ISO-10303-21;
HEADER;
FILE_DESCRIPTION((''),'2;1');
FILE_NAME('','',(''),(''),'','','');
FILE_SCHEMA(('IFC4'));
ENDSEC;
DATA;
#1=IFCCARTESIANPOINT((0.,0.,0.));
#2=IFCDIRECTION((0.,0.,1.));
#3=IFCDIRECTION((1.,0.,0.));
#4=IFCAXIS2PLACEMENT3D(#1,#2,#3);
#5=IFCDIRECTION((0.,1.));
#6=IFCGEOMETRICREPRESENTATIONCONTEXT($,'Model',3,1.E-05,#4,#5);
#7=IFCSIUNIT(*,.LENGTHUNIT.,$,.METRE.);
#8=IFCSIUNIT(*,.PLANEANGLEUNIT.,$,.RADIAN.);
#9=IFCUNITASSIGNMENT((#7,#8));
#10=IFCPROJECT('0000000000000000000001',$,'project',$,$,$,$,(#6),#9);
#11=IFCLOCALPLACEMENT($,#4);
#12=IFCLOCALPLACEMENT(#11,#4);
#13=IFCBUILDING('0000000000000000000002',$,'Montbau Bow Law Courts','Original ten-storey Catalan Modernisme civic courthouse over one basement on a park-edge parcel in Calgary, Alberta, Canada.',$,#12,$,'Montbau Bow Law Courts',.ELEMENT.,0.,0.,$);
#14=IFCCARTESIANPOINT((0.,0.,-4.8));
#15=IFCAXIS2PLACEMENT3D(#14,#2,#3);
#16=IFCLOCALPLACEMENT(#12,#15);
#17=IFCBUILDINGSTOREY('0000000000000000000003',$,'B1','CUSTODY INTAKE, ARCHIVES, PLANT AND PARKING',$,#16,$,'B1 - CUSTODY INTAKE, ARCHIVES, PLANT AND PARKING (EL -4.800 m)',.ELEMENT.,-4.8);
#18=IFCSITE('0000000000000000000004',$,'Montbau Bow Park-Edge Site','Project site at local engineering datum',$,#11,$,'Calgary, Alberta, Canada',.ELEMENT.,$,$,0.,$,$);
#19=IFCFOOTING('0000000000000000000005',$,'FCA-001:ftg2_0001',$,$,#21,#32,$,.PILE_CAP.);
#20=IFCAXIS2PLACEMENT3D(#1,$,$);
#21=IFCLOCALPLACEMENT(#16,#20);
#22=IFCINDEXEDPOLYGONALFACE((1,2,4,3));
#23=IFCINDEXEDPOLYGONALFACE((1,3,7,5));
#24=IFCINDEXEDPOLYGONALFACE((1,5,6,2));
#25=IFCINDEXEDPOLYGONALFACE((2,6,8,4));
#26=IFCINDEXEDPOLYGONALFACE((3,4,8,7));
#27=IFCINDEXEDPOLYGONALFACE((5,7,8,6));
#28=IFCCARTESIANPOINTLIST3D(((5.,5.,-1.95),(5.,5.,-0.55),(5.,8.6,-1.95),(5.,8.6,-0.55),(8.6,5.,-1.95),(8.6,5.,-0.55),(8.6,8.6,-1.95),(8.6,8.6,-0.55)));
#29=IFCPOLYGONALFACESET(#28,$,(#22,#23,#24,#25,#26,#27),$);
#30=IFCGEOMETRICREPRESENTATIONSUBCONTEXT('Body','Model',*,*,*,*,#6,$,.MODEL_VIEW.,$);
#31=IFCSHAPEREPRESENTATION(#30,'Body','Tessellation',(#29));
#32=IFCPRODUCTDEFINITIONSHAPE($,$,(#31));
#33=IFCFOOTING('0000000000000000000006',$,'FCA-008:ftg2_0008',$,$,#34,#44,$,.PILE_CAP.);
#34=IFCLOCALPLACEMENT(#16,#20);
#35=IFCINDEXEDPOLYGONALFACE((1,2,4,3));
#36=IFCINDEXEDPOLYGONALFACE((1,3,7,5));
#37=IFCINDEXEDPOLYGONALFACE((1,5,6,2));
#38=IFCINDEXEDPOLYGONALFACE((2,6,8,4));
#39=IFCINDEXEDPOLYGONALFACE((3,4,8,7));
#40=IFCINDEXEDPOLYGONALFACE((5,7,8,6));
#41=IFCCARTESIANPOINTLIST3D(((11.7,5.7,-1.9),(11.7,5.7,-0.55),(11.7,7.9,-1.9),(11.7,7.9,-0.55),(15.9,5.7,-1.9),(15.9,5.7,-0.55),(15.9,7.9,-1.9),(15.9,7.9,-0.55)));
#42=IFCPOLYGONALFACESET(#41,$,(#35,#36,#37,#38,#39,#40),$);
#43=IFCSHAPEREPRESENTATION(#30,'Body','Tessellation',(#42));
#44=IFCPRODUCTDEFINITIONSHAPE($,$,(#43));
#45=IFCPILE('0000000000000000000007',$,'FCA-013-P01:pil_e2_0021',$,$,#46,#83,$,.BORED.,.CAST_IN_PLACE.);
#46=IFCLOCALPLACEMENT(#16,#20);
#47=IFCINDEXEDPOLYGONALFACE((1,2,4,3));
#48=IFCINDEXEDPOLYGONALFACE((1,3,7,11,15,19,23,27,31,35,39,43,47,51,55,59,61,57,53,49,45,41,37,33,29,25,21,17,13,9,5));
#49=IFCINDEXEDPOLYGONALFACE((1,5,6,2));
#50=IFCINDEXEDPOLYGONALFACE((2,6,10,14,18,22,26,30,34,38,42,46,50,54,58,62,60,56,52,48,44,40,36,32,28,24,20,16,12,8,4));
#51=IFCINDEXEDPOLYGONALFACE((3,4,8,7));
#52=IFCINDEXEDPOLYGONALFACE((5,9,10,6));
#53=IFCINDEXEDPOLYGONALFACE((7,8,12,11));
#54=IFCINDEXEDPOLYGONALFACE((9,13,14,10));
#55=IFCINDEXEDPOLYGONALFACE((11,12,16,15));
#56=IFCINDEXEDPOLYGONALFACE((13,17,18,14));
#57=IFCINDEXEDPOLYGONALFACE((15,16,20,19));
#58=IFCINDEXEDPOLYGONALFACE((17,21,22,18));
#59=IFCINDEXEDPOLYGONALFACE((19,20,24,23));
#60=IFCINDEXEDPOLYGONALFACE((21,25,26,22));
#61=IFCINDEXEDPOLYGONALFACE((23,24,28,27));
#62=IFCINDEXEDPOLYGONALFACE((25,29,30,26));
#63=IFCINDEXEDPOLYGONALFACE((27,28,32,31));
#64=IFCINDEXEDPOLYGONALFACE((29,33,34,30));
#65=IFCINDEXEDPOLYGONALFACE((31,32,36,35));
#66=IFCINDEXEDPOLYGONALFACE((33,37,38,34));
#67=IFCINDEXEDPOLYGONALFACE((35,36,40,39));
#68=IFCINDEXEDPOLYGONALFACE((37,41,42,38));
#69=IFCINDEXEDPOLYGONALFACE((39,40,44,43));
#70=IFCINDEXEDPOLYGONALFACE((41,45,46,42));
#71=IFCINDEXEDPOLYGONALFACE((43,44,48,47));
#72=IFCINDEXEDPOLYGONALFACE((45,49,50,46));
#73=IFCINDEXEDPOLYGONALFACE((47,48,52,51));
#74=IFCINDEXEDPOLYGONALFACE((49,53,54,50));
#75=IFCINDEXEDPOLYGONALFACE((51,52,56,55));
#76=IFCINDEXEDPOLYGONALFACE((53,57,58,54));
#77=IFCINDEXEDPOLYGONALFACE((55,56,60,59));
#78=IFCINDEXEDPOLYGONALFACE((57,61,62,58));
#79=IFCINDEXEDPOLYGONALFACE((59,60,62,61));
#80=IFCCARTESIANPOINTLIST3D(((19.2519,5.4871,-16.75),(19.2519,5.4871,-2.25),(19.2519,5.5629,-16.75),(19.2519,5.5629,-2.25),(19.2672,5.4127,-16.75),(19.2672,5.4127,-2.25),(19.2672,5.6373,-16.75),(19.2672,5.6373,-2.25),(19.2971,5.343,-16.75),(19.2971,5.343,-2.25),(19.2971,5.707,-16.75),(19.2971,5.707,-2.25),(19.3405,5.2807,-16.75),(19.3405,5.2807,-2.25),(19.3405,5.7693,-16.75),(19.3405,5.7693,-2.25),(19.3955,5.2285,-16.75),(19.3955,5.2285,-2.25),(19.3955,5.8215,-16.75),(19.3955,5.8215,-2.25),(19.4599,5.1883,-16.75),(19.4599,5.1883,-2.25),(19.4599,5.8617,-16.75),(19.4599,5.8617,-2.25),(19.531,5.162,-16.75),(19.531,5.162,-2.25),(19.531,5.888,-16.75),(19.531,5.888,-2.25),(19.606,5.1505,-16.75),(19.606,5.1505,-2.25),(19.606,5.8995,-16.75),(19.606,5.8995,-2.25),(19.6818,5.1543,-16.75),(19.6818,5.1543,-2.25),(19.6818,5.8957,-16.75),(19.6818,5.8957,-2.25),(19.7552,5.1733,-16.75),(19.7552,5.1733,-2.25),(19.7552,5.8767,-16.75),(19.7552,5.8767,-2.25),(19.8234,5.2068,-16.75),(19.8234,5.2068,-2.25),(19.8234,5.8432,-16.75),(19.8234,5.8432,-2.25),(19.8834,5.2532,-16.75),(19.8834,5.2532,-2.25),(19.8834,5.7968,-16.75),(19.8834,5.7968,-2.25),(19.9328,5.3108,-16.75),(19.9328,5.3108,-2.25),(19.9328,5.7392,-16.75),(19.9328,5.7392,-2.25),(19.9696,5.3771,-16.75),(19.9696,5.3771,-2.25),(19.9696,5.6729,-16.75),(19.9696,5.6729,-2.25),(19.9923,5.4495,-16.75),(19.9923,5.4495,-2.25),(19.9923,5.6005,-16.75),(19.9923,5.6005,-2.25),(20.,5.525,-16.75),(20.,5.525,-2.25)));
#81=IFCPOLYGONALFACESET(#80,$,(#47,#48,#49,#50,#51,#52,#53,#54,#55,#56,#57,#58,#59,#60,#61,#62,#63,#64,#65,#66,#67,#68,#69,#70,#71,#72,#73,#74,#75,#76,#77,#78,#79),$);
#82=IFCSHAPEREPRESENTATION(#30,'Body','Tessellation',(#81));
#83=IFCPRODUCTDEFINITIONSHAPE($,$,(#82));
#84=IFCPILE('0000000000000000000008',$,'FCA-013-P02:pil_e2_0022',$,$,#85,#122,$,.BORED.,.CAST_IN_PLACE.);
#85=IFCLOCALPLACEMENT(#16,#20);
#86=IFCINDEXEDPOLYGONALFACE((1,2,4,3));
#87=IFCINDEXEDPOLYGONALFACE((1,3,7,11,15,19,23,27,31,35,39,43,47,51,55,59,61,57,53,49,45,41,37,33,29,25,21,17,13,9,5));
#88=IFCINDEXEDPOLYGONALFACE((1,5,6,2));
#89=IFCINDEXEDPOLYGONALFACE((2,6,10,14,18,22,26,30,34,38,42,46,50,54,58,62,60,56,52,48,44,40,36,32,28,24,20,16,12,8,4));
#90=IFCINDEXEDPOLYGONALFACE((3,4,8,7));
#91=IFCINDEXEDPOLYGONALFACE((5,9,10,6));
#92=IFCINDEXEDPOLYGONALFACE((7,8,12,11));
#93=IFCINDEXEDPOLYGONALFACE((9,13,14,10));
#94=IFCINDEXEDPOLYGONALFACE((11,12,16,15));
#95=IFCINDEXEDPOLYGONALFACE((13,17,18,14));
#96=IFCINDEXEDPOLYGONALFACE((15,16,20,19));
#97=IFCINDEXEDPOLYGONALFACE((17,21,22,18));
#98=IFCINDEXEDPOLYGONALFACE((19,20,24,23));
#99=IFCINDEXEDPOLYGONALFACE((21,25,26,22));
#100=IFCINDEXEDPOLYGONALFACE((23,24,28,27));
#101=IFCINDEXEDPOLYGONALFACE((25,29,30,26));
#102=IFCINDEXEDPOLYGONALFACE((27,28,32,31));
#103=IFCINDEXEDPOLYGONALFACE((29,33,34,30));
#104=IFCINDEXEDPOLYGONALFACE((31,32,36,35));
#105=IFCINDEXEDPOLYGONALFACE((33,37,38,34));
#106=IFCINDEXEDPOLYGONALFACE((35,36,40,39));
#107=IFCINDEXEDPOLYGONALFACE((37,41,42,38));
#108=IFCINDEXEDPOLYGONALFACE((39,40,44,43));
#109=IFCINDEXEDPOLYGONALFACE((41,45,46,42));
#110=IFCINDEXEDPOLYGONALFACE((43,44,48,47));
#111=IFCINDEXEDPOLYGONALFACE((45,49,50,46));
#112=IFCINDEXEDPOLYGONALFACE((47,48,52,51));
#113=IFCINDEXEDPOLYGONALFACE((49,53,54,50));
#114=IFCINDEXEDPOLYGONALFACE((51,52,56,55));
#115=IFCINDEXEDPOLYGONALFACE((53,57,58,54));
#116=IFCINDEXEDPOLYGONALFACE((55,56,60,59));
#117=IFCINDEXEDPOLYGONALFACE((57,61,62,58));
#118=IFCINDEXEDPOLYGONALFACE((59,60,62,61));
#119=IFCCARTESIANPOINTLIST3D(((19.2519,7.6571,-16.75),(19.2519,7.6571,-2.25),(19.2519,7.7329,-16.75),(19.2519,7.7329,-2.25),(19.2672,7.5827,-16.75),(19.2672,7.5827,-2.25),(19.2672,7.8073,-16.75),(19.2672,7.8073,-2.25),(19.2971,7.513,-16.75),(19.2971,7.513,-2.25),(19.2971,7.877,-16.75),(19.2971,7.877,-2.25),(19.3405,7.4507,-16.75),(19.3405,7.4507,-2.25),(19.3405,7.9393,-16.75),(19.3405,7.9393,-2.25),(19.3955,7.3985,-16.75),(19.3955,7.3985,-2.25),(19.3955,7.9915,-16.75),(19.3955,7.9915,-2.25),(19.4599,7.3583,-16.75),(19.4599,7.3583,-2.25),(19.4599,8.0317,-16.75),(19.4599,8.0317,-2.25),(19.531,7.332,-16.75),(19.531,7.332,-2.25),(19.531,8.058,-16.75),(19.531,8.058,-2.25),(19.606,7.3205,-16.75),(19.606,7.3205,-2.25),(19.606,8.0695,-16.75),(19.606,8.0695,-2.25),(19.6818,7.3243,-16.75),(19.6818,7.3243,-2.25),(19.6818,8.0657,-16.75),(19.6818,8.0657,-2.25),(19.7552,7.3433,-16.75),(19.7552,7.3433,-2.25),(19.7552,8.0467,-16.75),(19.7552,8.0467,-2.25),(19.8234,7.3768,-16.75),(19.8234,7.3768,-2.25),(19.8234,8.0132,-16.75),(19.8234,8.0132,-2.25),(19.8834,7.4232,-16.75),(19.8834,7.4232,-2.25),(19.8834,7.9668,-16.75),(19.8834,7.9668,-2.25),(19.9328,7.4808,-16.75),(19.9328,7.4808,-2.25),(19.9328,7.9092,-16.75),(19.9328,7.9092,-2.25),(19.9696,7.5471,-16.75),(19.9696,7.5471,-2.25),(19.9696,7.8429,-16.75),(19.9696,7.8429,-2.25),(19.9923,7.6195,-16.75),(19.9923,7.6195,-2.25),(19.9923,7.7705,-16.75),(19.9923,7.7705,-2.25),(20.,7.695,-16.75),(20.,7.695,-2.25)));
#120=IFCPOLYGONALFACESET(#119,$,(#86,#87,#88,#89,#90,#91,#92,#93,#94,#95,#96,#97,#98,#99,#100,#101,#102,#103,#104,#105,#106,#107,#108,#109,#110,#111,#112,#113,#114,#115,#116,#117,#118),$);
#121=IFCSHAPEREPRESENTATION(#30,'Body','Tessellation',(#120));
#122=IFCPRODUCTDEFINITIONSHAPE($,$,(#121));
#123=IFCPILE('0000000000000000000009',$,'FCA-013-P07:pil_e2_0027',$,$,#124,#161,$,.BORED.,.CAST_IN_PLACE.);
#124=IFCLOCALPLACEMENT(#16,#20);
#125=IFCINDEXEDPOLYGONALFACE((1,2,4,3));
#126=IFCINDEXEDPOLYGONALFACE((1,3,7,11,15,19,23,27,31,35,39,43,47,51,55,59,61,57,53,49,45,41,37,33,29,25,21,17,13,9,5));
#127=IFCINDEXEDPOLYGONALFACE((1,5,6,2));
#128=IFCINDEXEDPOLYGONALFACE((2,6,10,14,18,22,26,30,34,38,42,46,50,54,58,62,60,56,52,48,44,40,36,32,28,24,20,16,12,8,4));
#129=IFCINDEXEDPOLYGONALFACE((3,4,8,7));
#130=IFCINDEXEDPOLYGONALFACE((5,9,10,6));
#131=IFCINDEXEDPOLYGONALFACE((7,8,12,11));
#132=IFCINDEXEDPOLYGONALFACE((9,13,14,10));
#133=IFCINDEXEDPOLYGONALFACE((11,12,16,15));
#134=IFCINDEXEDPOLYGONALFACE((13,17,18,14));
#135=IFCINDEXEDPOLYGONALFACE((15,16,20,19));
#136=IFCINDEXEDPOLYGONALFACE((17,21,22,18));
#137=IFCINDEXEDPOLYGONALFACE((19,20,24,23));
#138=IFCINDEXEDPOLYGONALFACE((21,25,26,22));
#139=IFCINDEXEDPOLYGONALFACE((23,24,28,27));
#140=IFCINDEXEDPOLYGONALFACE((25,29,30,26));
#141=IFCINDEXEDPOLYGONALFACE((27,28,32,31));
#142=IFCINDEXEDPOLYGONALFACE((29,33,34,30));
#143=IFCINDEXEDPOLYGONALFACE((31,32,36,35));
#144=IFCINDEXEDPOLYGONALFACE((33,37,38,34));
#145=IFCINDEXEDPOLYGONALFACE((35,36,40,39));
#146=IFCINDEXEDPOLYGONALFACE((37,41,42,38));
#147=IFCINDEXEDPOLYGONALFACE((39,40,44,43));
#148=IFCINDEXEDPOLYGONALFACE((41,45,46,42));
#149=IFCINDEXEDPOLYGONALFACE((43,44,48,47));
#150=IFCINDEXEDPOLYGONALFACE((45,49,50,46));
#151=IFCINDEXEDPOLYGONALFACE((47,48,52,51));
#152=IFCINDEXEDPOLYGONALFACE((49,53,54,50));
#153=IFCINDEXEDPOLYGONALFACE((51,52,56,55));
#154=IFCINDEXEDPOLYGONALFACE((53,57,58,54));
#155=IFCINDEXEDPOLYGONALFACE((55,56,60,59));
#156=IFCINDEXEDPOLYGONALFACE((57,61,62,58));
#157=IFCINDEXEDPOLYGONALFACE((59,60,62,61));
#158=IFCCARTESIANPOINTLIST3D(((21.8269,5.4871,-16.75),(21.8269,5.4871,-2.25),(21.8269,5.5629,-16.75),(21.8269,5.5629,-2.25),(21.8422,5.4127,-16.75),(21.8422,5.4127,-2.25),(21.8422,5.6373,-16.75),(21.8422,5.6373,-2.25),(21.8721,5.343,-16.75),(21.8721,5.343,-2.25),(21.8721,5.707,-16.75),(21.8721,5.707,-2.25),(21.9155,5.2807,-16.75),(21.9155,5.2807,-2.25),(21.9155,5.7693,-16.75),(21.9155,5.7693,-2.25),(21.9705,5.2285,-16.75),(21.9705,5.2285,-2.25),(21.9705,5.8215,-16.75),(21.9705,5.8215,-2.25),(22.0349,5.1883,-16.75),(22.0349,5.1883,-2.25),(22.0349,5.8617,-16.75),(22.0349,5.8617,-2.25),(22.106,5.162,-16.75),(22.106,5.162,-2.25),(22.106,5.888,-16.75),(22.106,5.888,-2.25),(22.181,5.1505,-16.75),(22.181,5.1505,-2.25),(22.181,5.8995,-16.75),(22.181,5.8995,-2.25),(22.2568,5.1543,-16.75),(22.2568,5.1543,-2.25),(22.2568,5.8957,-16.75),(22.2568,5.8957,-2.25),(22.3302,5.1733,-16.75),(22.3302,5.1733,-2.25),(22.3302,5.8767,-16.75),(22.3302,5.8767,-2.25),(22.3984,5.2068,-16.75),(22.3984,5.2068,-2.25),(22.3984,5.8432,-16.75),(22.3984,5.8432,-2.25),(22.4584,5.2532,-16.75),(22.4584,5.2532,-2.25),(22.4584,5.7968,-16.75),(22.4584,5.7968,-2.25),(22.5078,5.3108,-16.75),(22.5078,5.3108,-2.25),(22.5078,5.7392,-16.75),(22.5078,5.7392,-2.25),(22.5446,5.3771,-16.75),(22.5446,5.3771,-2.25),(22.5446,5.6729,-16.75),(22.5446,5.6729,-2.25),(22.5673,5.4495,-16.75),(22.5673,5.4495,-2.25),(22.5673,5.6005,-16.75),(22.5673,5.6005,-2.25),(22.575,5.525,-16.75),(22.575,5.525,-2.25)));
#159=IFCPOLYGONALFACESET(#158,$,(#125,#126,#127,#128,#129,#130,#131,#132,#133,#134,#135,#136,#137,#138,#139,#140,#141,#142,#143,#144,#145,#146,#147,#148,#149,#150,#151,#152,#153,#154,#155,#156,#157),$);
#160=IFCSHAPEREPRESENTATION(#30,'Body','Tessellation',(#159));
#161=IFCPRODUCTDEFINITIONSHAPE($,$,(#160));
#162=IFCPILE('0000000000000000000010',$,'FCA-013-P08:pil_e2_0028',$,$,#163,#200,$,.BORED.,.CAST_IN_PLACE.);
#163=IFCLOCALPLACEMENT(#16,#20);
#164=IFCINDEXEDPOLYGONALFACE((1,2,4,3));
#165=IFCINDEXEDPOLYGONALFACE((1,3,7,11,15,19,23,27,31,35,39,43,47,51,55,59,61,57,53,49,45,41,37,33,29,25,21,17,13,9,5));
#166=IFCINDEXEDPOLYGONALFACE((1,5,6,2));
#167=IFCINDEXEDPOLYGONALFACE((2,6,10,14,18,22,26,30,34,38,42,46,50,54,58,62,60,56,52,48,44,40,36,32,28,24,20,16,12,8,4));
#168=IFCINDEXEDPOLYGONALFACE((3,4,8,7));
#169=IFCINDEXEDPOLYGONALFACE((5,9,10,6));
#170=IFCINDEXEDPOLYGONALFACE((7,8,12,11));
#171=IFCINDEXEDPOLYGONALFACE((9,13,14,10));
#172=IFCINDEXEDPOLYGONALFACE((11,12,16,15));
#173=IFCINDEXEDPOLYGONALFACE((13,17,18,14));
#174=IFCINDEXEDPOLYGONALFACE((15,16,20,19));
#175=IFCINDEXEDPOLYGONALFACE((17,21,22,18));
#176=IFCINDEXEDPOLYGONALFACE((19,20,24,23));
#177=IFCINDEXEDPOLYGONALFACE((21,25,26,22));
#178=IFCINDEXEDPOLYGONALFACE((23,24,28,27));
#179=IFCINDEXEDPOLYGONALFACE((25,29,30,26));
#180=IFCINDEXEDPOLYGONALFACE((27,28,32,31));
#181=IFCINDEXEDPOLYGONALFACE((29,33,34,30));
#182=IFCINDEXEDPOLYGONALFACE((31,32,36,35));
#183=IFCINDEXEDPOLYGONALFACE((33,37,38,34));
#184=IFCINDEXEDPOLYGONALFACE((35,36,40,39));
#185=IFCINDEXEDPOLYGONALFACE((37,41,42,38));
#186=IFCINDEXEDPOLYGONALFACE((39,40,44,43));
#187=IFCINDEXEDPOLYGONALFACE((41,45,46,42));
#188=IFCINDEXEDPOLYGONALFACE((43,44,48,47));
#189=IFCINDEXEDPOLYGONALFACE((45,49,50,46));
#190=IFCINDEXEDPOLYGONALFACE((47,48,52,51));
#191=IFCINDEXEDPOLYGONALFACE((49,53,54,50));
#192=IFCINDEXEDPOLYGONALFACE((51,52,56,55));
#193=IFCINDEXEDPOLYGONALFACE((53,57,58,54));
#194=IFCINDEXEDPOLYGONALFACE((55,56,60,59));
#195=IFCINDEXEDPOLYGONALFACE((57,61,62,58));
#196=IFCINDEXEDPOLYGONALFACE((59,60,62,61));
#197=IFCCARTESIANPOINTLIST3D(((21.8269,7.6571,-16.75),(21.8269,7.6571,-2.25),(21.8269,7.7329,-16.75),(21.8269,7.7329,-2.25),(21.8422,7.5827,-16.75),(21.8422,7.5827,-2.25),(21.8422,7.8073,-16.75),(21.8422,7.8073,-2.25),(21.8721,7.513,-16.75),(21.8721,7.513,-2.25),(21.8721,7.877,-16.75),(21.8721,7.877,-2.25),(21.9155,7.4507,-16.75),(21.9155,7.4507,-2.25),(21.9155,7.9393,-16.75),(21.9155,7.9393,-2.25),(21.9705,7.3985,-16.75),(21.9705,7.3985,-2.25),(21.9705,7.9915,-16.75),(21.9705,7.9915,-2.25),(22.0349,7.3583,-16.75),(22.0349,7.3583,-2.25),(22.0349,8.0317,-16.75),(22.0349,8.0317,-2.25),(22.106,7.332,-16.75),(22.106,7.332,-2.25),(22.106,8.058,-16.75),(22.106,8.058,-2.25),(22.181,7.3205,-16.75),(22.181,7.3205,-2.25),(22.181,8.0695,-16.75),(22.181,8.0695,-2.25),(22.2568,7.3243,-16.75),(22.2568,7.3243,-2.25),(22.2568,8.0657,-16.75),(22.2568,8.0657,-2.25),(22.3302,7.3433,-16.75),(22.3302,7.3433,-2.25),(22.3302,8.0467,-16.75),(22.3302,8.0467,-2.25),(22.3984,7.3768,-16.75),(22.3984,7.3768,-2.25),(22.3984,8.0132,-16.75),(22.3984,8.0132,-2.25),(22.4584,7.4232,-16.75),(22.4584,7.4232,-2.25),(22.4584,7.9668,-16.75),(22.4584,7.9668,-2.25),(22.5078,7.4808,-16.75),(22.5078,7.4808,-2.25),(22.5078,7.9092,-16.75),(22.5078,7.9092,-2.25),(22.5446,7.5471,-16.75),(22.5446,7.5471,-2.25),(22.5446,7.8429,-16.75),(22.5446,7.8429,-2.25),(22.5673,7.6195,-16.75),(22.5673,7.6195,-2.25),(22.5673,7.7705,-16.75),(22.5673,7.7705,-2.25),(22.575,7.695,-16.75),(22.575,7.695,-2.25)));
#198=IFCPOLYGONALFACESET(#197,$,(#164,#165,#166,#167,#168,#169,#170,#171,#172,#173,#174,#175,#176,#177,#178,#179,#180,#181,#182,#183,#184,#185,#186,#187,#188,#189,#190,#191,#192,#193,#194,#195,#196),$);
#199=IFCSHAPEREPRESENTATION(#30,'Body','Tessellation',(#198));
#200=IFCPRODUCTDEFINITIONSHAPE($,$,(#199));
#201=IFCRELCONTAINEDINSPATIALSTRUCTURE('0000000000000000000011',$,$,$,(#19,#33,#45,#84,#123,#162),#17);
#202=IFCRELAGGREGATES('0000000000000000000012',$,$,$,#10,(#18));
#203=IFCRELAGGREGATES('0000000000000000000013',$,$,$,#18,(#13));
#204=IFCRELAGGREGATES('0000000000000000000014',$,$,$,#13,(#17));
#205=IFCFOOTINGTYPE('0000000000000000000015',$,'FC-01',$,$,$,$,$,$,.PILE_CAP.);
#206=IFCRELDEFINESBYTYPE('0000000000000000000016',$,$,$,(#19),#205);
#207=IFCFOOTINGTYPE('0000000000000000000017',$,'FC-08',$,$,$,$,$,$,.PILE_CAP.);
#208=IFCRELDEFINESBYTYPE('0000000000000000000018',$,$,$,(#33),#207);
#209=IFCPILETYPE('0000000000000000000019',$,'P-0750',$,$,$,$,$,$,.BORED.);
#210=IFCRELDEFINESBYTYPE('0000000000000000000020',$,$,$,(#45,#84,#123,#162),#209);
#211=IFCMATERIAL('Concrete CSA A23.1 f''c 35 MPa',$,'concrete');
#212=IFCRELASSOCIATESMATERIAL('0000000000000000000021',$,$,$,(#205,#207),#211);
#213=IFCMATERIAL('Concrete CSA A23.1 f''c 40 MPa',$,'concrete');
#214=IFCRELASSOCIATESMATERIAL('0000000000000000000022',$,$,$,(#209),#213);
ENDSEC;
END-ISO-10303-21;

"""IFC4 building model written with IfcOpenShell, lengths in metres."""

from ifc_helpers import new_model, si_unit, direction, frame, origin_with_axes, origin_2d_with_axis, place, context, subcontext, project, spatial, rectangle, circle, extrude, material, material_profile, profile_set, type_object, element, save


model = new_model("IFC4")

# Units and contexts
model_context = context("Model", 3, precision=1e-05, world=origin_with_axes(), true_north=direction((0.0, 1.0)))
body_context = subcontext(model_context, "Body", "Model", "MODEL_VIEW")
ifc_project = project(units=[si_unit("LENGTHUNIT", "METRE"), si_unit("PLANEANGLEUNIT", "RADIAN")], contexts=[model_context])

# Site, building, storey
site_placement = place(None, origin_with_axes())
site = spatial("IfcSite", under=ifc_project, at=site_placement, Name="Montbau Bow Park-Edge Site", Description="Project site at local engineering datum", LongName="Calgary, Alberta, Canada", CompositionType="ELEMENT", RefElevation=0.0)
building_placement = place(site_placement, origin_with_axes())
building = spatial("IfcBuilding", under=site, at=building_placement, Name="Montbau Bow Law Courts", Description="Original ten-storey Catalan Modernisme civic courthouse over one basement on a park-edge parcel in Calgary, Alberta, Canada.", LongName="Montbau Bow Law Courts", CompositionType="ELEMENT", ElevationOfRefHeight=0.0, ElevationOfTerrain=0.0)
storey_placement = place(building_placement, frame((0.0, 0.0, -4.8), z_axis=(0.0, 0.0, 1.0), x_axis=(1.0, 0.0, 0.0)))
storey = spatial("IfcBuildingStorey", under=building, at=storey_placement, Name="B1", Description="CUSTODY INTAKE, ARCHIVES, PLANT AND PARKING", LongName="B1 - CUSTODY INTAKE, ARCHIVES, PLANT AND PARKING (EL -4.800 m)", CompositionType="ELEMENT", Elevation=-4.8)

# Footings
ifc_material_1 = material(Name="Concrete CSA A23.1 f'c 35 MPa", Category="concrete")
footing_type_1 = type_object("IfcFootingType", Name="FC-01", PredefinedType="PILE_CAP", material=ifc_material_1)
footing_1_placement = place(None, frame((6.8, 6.8, -6.75), z_axis=(0.0, 0.0, 1.0), x_axis=(1.0, 0.0, 0.0)))
element("IfcFooting", 1, at=footing_1_placement, inside=storey, type_object=footing_type_1, Name="FCA-001:ftg2_0001", PredefinedType="PILE_CAP", context=body_context, shape_type="SweptSolid", body=[
    extrude(rectangle(XDim=3.6, YDim=3.6, at=origin_2d_with_axis()), origin_with_axes(), (0.0, 0.0, 1.0), 1.4),
])
footing_type_2 = type_object("IfcFootingType", Name="FC-08", PredefinedType="PILE_CAP", material=ifc_material_1)
footing_2_placement = place(None, frame((13.8, 6.8, -6.7), z_axis=(0.0, 0.0, 1.0), x_axis=(1.0, 0.0, 0.0)))
element("IfcFooting", 2, at=footing_2_placement, inside=storey, type_object=footing_type_2, Name="FCA-008:ftg2_0008", PredefinedType="PILE_CAP", context=body_context, shape_type="SweptSolid", body=[
    extrude(rectangle(XDim=4.2, YDim=2.2, at=origin_2d_with_axis()), origin_with_axes(), (0.0, 0.0, 1.0), 1.35),
])

# Piles
ifc_material_2 = material(Name="Concrete CSA A23.1 f'c 40 MPa", Category="concrete")
ifc_material_profile_1 = material_profile(ifc_material_2, circle(Radius=0.375, at=origin_2d_with_axis()), Name="BP750", Category="Main", Priority=0)
ifc_profile_set_1 = profile_set([ifc_material_profile_1], Name="Concrete CSA A23.1 f'c 40 MPa")
pile_type_1 = type_object("IfcPileType", Name="P-0750", PredefinedType="BORED", material=ifc_profile_set_1)
for number, where, z_axis, x_axis, name in (
    (3, (19.625, 5.525, -21.55), (0.0, 0.0, 1.0), (1.0, 0.0, 0.0), "FCA-013-P01:pil_e2_0021"),
    (4, (19.625, 7.695, -21.55), (0.0, 0.0, 1.0), (1.0, 0.0, 0.0), "FCA-013-P02:pil_e2_0022"),
    (5, (22.2, 5.525, -21.55), (0.0, 0.0, 1.0), (1.0, 0.0, 0.0), "FCA-013-P07:pil_e2_0027"),
    (6, (22.2, 7.695, -21.55), (0.0, 0.0, 1.0), (1.0, 0.0, 0.0), "FCA-013-P08:pil_e2_0028"),
):
    element("IfcPile", number, at=place(None, frame(where, z_axis=z_axis, x_axis=x_axis)), inside=storey, type_object=pile_type_1, Name=name, ConstructionType="CAST_IN_PLACE", PredefinedType="BORED", context=body_context, shape_type="SweptSolid", body=[
        extrude(circle(Radius=0.375, at=origin_2d_with_axis()), origin_with_axes(), (0.0, 0.0, 1.0), 14.5),
    ])

save(model, "model.ifc")
